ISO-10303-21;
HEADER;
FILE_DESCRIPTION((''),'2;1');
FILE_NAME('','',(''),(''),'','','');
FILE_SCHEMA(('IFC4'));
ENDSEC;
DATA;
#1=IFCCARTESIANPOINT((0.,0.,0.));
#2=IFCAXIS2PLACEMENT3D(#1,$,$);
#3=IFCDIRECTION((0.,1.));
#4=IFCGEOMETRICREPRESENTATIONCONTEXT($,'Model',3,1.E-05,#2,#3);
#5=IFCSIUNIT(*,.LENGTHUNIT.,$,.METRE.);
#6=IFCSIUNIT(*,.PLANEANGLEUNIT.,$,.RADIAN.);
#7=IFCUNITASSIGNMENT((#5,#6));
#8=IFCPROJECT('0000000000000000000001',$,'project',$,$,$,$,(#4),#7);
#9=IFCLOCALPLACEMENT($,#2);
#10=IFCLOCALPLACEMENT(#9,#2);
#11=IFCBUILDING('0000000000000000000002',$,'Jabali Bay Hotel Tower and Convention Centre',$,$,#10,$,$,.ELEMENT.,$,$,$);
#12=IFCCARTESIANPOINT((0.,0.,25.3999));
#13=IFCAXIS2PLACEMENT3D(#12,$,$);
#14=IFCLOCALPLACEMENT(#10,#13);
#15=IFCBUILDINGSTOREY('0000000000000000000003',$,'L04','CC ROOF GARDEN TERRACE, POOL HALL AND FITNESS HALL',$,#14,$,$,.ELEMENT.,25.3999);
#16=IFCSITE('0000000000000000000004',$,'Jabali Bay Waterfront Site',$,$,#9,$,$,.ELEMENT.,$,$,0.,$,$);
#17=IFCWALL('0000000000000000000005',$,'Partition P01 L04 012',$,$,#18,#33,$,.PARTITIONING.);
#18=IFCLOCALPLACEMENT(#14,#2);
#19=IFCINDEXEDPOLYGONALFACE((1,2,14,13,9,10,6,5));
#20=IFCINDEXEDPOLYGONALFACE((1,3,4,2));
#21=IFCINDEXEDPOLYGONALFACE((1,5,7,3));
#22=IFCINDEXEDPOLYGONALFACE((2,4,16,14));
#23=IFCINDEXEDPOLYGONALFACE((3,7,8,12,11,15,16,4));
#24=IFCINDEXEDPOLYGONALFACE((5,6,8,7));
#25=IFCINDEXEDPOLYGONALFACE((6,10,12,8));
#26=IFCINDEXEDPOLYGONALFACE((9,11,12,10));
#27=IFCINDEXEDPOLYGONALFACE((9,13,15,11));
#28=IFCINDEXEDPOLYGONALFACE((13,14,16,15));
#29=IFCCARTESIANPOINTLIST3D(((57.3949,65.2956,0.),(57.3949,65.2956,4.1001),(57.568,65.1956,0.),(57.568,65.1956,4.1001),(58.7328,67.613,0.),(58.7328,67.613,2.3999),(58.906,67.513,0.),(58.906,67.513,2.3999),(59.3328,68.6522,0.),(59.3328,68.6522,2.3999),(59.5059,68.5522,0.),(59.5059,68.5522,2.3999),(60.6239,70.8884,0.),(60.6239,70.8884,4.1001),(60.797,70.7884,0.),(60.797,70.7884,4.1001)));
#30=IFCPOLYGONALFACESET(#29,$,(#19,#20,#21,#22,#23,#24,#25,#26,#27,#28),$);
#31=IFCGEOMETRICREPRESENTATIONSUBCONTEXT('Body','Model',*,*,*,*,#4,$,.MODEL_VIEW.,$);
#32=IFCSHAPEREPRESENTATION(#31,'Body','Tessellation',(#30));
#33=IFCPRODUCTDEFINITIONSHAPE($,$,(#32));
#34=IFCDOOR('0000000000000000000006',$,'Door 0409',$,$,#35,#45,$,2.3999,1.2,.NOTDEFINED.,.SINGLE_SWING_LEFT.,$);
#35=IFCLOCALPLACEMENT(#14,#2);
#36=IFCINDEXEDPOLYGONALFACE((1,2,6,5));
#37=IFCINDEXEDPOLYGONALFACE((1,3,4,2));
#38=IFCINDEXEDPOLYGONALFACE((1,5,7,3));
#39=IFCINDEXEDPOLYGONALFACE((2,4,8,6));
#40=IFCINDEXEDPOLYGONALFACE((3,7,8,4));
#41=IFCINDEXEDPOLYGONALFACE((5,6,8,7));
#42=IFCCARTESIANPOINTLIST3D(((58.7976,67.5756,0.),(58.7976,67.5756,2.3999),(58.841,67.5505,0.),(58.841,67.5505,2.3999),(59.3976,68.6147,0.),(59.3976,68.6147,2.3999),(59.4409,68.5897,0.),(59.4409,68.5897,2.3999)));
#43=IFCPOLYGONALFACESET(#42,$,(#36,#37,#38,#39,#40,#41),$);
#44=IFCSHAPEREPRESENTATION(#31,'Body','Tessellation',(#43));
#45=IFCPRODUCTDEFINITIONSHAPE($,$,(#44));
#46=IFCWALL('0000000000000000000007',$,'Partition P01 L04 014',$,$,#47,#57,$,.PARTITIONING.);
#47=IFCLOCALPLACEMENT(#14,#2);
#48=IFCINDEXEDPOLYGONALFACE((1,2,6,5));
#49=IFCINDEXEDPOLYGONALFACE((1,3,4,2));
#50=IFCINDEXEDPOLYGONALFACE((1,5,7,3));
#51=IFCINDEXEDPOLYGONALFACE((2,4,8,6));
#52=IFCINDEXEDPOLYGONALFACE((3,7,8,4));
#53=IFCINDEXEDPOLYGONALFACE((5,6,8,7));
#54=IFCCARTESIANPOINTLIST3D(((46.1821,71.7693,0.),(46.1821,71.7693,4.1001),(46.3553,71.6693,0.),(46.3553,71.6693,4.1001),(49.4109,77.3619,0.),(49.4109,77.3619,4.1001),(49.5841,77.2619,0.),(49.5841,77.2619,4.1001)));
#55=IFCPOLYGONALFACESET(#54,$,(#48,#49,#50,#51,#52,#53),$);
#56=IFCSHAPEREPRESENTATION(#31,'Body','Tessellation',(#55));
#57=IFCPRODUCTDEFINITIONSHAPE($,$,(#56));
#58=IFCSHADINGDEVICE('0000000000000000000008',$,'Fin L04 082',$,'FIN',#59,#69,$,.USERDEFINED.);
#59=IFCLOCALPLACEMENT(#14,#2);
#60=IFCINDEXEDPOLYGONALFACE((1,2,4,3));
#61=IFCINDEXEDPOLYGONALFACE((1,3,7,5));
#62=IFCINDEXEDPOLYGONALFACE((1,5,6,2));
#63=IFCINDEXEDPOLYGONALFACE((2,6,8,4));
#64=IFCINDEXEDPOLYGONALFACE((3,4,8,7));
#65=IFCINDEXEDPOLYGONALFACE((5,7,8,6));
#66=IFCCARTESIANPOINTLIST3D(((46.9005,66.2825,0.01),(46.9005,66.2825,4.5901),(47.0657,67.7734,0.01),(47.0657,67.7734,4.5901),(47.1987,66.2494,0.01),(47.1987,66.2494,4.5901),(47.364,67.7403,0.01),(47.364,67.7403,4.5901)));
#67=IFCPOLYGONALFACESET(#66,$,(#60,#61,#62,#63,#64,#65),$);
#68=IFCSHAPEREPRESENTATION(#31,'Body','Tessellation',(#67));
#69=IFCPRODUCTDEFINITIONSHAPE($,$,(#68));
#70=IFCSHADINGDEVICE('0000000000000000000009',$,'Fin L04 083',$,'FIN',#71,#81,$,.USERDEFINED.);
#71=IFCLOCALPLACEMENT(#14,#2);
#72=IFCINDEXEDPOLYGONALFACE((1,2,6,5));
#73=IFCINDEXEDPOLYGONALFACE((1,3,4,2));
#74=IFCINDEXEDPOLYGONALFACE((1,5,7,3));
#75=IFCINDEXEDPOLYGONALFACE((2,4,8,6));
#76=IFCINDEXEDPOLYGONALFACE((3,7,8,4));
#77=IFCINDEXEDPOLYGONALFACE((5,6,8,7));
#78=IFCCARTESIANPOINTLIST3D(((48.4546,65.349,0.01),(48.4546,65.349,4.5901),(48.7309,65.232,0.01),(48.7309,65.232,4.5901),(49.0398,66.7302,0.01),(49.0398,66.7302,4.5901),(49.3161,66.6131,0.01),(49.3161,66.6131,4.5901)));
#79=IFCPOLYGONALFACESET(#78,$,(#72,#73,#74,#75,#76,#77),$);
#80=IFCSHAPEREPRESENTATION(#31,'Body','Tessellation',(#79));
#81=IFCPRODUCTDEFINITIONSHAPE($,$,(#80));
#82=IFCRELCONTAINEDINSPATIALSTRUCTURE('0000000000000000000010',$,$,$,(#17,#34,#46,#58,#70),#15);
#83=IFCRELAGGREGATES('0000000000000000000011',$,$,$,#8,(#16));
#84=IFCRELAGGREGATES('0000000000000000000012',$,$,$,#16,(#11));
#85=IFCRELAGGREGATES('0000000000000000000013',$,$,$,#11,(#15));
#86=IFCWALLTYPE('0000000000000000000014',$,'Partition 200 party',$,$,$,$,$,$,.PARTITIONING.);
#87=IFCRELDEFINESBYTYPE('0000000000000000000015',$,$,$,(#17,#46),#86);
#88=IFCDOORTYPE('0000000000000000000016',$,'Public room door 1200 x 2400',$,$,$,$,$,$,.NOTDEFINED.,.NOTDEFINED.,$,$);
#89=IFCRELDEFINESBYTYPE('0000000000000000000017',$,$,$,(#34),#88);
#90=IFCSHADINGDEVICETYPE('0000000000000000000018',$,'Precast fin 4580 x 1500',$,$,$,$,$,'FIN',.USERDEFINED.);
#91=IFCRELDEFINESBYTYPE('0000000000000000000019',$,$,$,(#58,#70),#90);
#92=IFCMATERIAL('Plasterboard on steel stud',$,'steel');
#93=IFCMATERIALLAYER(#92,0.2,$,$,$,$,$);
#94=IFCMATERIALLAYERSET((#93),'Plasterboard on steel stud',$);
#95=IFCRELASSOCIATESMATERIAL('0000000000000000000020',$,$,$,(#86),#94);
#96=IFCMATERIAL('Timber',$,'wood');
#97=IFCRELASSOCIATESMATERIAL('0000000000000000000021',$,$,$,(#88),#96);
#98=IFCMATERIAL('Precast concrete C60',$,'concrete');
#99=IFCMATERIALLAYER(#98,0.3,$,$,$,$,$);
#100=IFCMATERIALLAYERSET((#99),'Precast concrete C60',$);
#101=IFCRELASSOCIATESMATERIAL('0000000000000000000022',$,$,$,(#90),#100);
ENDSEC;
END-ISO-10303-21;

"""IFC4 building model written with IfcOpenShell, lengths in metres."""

from ifc_helpers import new_model, si_unit, direction, frame, frame_2d, origin, place, context, subcontext, project, spatial, rectangle, extrude, material, layer, layer_set, type_object, element, fill, save


model = new_model("IFC4")

# Units and contexts
model_context = context("Model", 3, precision=1e-05, world=origin(), true_north=direction((0.0, 1.0)))
body_context = subcontext(model_context, "Body", "Model", "MODEL_VIEW")
ifc_project = project(units=[si_unit("LENGTHUNIT", "METRE"), si_unit("PLANEANGLEUNIT", "RADIAN")], contexts=[model_context])

# Site, building, storey
site_placement = place(None, origin())
site = spatial("IfcSite", under=ifc_project, at=site_placement, Name="Jabali Bay Waterfront Site", CompositionType="ELEMENT", RefElevation=0.0)
building_placement = place(site_placement, origin())
building = spatial("IfcBuilding", under=site, at=building_placement, Name="Jabali Bay Hotel Tower and Convention Centre", CompositionType="ELEMENT")
storey_placement = place(building_placement, frame((0.0, 0.0, 25.3999)))
storey = spatial("IfcBuildingStorey", under=building, at=storey_placement, Name="L04", Description="CC ROOF GARDEN TERRACE, POOL HALL AND FITNESS HALL", CompositionType="ELEMENT", Elevation=25.3999)

# Wall, opening, door
ifc_material_1 = material(Name="Plasterboard on steel stud", Category="steel")
ifc_layer_1 = layer(ifc_material_1, 0.2)
ifc_layer_set_1 = layer_set([ifc_layer_1], Name="Plasterboard on steel stud")
wall_type_1 = type_object("IfcWallType", Name="Partition 200 party", PredefinedType="PARTITIONING", material=ifc_layer_set_1)
wall_1_placement = place(storey_placement, frame((60.7104, 70.8384, 0.0), z_axis=(0.0, 0.0, 1.0), x_axis=(-0.500002, -0.866024, 0.0)))
wall_1 = element("IfcWall", 1, at=wall_1_placement, inside=storey, type_object=wall_type_1, Name="Partition P01 L04 012", PredefinedType="PARTITIONING", context=body_context, shape_type="SweptSolid", body=[
    extrude(rectangle(XDim=6.458, YDim=0.2, at=frame_2d((3.229, 0.0))), origin(), (0.0, 0.0, 1.0), 4.1001),
])
opening_1_placement = place(wall_1_placement, frame((2.582, 0.0, 0.0)))
opening_1 = element("IfcOpeningElement", 2, at=opening_1_placement, cuts=wall_1, PredefinedType="OPENING", context=body_context, shape_type="SweptSolid", body=[
    extrude(rectangle(XDim=1.2, YDim=2.3999, at=frame_2d((0.6001, 1.2))), frame((0.0, 0.1104, 0.0), z_axis=(0.0, -1.0, 0.0), x_axis=(1.0, 0.0, 0.0)), (0.0, 0.0, 1.0), 0.2209),
])
ifc_material_2 = material(Name="Timber", Category="wood")
door_type_1 = type_object("IfcDoorType", Name="Public room door 1200 x 2400", OperationType="NOTDEFINED", PredefinedType="NOTDEFINED", material=ifc_material_2)
door_1_placement = place(opening_1_placement, origin())
door_1 = element("IfcDoor", 3, at=door_1_placement, inside=storey, type_object=door_type_1, Name="Door 0409", OperationType="SINGLE_SWING_LEFT", OverallHeight=2.3999, OverallWidth=1.2, PredefinedType="NOTDEFINED", context=body_context, shape_type="SweptSolid", body=[
    extrude(rectangle(XDim=1.2, YDim=2.3999, at=frame_2d((0.6001, 1.2))), frame((0.0, 0.0249, 0.0), z_axis=(0.0, -1.0, 0.0), x_axis=(1.0, 0.0, 0.0)), (0.0, 0.0, 1.0), 0.05),
])
fill(opening_1, door_1)

# Wall
wall_2_placement = place(storey_placement, frame((49.4976, 77.312, 0.0), z_axis=(0.0, 0.0, 1.0), x_axis=(-0.49999, -0.866031, 0.0)))
element("IfcWall", 4, at=wall_2_placement, inside=storey, type_object=wall_type_1, Name="Partition P01 L04 014", PredefinedType="PARTITIONING", context=body_context, shape_type="SweptSolid", body=[
    extrude(rectangle(XDim=6.4578, YDim=0.2, at=frame_2d((3.229, 0.0))), origin(), (0.0, 0.0, 1.0), 4.1001),
])

# Shading devices
ifc_material_3 = material(Name="Precast concrete C60", Category="concrete")
ifc_layer_2 = layer(ifc_material_3, 0.3)
ifc_layer_set_2 = layer_set([ifc_layer_2], Name="Precast concrete C60")
shading_device_type = type_object("IfcShadingDeviceType", Name="Precast fin 4580 x 1500", ElementType="FIN", PredefinedType="USERDEFINED", material=ifc_layer_set_2)
for number, where, z_axis, x_axis, name in (
    (5, (47.2148, 67.7568, 0.01), (0.0, 0.0, 1.0), (-0.110181, -0.993911, 0.0), "Fin L04 082"),
    (6, (49.178, 66.6716, 0.01), (0.0, 0.0, 1.0), (-0.390144, -0.920754, 0.0), "Fin L04 083"),
):
    element("IfcShadingDevice", number, at=place(storey_placement, frame(where, z_axis=z_axis, x_axis=x_axis)), inside=storey, type_object=shading_device_type, Name=name, ObjectType="FIN", PredefinedType="USERDEFINED", context=body_context, shape_type="SweptSolid", body=[
        extrude(rectangle(XDim=1.5, YDim=0.3, at=frame_2d((0.75, 0.0))), origin(), (0.0, 0.0, 1.0), 4.5801),
    ])

save(model, "model.ifc")
